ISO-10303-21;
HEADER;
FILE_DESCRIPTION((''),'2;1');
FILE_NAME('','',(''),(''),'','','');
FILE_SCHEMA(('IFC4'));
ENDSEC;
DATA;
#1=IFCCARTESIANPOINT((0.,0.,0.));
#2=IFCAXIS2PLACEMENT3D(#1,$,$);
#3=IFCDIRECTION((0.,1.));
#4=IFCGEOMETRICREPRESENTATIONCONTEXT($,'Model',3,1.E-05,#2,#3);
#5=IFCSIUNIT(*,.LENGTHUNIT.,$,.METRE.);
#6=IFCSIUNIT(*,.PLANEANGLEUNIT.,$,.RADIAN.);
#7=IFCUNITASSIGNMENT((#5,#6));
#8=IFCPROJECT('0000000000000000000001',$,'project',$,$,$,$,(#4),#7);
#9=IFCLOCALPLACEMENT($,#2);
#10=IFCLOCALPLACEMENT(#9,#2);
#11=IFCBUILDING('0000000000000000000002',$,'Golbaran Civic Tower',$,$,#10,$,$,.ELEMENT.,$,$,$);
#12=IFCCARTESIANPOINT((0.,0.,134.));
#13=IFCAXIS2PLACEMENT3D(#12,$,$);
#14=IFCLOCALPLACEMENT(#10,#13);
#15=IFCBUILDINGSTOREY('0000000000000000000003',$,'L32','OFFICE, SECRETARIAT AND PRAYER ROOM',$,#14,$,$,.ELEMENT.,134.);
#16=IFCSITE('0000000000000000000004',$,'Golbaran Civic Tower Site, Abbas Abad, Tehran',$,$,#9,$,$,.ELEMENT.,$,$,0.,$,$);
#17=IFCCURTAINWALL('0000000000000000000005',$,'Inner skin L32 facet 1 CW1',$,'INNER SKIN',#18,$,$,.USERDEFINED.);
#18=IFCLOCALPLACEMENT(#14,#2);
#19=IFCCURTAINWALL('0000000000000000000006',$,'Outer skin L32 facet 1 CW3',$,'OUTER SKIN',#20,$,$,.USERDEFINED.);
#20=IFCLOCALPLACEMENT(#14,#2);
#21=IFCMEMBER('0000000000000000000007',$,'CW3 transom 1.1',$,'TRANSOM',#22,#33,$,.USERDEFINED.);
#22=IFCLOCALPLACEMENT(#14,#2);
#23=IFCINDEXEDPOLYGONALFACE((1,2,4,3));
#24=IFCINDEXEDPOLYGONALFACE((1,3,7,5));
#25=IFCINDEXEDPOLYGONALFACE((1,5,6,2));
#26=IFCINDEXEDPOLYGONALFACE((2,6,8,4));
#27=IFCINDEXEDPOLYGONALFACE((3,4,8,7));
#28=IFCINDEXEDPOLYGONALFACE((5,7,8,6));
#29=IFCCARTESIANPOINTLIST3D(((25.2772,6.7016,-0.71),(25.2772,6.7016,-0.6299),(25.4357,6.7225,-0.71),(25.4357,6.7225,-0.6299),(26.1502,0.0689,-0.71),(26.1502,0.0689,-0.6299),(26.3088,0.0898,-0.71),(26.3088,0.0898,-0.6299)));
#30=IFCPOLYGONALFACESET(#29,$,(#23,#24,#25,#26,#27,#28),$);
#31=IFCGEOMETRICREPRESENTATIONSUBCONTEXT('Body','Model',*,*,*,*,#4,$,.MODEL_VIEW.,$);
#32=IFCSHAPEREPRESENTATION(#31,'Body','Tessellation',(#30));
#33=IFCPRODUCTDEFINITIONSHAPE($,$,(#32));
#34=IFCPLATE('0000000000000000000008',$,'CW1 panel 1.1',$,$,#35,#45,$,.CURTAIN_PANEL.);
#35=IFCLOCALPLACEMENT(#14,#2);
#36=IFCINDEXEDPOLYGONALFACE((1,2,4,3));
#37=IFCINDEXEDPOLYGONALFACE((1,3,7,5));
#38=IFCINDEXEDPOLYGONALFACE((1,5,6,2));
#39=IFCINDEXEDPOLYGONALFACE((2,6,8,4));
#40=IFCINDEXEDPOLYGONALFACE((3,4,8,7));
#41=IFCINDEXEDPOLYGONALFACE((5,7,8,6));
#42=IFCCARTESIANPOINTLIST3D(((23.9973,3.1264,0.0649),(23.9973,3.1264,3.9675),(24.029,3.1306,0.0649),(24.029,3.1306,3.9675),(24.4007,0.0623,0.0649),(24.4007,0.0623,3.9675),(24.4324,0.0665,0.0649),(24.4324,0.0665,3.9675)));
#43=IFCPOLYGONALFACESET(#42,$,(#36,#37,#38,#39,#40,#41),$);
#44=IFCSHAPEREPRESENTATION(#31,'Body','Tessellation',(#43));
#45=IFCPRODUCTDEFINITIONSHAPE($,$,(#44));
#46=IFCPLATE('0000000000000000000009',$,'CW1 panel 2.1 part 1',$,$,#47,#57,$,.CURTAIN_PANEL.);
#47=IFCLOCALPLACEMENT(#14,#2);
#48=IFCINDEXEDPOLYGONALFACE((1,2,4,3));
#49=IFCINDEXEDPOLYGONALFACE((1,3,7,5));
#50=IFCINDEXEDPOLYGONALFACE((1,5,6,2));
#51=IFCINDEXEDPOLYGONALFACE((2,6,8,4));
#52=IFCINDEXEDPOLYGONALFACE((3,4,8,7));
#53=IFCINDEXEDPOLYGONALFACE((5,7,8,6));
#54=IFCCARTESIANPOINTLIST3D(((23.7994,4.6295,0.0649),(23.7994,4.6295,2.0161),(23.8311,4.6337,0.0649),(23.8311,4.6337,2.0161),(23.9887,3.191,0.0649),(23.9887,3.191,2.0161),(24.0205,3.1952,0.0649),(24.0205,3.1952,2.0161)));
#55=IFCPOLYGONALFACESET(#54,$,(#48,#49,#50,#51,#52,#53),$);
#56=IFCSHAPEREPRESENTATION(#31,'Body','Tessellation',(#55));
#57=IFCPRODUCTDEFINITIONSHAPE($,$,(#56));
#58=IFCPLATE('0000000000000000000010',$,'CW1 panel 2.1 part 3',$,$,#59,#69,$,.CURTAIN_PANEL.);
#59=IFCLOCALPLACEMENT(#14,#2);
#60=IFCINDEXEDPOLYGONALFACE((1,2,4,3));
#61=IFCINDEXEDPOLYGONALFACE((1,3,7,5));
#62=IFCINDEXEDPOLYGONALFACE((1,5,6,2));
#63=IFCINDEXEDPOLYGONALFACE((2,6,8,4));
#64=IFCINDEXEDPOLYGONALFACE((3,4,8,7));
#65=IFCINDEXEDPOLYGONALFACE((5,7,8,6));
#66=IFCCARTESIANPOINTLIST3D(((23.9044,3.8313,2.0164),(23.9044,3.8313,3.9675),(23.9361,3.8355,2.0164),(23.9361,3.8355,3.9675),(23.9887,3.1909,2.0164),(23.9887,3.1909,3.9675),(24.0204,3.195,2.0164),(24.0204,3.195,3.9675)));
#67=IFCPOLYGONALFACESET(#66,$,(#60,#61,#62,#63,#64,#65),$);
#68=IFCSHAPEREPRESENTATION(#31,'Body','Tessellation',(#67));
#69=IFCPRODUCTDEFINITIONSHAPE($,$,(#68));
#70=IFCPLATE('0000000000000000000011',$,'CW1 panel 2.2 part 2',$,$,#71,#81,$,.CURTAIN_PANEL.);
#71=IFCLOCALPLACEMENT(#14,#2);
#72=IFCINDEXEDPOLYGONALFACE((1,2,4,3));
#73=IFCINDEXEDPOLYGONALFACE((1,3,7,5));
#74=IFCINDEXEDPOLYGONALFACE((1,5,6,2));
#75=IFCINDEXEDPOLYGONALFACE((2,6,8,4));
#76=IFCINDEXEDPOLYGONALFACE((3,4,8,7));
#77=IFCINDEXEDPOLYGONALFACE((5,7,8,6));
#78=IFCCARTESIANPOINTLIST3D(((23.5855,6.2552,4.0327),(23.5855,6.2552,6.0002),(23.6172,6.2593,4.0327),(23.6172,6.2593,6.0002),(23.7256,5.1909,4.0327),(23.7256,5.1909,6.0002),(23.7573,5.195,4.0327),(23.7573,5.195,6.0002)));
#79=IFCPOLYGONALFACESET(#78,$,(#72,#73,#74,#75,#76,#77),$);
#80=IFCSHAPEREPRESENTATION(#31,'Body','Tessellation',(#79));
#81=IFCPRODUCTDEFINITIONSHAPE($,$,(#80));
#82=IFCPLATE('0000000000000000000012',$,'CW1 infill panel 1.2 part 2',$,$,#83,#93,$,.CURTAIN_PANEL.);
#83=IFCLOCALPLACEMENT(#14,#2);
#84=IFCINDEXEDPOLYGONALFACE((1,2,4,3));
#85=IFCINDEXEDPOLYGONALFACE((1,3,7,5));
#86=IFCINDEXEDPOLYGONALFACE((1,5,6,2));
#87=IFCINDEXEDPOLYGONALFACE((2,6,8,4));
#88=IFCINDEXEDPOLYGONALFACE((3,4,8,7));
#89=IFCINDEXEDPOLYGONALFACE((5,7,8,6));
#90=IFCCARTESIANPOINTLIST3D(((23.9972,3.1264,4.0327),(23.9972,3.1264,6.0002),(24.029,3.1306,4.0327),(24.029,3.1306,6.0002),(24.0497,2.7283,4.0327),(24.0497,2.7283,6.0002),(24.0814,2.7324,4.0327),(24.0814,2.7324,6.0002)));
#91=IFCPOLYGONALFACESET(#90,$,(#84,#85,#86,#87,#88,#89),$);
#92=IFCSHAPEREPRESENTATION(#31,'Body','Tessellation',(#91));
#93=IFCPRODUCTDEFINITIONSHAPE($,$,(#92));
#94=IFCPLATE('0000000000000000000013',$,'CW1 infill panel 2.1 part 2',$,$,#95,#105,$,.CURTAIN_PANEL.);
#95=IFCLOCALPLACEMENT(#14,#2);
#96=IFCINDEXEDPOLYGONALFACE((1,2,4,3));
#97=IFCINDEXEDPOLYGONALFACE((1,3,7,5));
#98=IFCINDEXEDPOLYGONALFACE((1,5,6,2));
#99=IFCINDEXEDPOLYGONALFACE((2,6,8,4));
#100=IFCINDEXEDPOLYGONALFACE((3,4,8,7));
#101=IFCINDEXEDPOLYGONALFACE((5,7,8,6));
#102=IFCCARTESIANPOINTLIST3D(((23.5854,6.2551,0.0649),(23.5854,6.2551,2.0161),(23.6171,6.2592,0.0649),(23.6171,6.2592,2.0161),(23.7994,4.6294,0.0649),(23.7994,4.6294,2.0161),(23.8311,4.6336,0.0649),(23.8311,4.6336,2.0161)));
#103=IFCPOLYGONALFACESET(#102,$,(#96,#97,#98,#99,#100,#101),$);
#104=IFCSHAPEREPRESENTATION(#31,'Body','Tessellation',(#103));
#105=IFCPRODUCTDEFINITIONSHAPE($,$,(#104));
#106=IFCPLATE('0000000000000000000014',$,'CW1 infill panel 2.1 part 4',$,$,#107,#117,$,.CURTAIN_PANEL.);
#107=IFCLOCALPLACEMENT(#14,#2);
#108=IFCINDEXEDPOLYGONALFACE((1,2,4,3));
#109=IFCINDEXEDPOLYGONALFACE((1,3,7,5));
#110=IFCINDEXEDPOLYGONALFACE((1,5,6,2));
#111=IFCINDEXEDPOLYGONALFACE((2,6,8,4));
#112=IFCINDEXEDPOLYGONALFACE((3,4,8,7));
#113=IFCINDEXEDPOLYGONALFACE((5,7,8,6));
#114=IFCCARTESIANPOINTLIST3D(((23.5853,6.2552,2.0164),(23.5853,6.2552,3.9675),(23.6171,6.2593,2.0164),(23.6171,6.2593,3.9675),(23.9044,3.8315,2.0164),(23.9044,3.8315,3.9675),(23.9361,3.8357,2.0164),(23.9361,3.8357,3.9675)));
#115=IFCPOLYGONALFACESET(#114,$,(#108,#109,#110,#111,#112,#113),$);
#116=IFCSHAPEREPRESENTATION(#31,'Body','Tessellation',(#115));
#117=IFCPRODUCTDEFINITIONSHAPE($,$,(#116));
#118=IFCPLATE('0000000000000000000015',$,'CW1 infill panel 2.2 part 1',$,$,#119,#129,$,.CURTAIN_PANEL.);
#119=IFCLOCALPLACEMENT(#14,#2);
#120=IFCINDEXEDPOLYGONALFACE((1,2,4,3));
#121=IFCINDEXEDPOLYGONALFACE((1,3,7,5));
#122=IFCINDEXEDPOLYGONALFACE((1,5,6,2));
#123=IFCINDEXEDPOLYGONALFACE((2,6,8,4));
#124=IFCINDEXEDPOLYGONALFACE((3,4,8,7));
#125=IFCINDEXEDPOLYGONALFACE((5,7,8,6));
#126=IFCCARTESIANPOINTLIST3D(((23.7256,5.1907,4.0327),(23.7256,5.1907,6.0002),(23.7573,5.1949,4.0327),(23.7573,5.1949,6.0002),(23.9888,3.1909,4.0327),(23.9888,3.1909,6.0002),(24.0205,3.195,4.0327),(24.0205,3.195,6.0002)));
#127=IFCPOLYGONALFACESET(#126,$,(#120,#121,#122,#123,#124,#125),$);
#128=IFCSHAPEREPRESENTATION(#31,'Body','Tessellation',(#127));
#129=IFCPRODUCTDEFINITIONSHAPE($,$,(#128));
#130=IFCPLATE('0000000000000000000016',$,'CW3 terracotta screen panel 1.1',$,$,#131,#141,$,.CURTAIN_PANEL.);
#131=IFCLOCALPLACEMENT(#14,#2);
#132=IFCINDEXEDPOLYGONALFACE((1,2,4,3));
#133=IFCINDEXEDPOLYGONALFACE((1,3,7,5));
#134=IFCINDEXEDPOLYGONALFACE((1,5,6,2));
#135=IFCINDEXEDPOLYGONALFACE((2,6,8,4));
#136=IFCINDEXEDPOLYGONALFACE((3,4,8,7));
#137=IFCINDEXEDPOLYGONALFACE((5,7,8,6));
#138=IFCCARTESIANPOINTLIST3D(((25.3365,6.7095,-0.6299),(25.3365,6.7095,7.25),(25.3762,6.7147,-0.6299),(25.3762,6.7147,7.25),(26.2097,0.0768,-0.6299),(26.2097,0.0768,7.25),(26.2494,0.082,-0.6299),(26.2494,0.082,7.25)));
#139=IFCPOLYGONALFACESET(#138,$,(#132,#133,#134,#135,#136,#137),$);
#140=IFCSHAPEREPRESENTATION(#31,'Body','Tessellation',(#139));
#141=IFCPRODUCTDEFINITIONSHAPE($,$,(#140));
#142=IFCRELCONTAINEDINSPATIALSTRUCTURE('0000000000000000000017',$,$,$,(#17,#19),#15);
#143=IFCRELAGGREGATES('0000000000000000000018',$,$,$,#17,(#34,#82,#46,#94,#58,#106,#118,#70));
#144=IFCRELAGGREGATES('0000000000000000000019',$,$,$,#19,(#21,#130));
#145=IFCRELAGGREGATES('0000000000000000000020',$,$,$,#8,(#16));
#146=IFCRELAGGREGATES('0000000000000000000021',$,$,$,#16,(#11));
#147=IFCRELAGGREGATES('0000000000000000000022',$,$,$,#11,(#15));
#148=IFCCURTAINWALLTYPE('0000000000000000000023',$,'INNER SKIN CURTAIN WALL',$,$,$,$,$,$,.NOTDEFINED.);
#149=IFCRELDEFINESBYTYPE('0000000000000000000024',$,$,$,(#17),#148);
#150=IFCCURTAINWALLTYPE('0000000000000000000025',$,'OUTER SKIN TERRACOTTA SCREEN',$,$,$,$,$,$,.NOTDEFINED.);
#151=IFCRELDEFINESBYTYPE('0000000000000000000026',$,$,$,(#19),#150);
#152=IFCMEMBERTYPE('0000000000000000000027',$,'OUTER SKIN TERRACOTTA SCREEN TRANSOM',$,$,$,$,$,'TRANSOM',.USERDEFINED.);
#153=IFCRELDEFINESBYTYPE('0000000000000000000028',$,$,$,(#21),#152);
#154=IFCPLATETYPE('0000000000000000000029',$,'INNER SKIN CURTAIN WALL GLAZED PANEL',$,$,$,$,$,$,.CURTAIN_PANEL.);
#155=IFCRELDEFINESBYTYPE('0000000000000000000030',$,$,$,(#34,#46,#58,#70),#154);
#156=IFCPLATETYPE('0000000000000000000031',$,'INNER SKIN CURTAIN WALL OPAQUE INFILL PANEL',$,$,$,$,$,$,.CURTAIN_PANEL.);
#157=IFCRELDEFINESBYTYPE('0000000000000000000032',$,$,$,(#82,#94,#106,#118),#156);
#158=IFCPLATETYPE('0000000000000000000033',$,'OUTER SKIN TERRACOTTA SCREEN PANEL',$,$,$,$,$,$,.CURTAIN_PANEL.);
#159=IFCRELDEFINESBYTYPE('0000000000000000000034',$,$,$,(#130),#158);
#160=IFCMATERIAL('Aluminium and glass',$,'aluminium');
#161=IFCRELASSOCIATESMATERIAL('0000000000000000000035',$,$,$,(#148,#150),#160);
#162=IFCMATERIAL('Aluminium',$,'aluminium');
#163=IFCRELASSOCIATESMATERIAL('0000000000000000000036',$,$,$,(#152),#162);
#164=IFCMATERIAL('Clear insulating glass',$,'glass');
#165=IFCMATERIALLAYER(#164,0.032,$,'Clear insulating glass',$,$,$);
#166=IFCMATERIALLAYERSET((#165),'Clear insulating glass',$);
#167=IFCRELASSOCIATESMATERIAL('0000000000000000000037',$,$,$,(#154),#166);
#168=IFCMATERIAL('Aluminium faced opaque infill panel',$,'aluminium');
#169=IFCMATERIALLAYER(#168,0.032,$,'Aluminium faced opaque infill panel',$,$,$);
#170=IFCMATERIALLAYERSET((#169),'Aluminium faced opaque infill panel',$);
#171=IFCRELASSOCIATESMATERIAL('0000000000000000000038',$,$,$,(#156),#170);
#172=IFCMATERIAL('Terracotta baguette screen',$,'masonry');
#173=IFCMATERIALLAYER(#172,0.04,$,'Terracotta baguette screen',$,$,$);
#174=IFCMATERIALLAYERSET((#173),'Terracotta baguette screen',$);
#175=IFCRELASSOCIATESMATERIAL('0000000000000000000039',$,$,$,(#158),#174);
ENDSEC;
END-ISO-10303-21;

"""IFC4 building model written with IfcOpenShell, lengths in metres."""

from ifc_helpers import new_model, si_unit, direction, frame, origin, origin_2d, place, context, subcontext, project, spatial, rectangle, extrude, material, layer, layer_set, material_profile, profile_set, type_object, element, aggregate, save


model = new_model("IFC4")

# Units and contexts
model_context = context("Model", 3, precision=1e-05, world=origin(), true_north=direction((0.0, 1.0)))
body_context = subcontext(model_context, "Body", "Model", "MODEL_VIEW")
ifc_project = project(units=[si_unit("LENGTHUNIT", "METRE"), si_unit("PLANEANGLEUNIT", "RADIAN")], contexts=[model_context])

# Site, building, storey
site_placement = place(None, origin())
site = spatial("IfcSite", under=ifc_project, at=site_placement, Name="Golbaran Civic Tower Site, Abbas Abad, Tehran", CompositionType="ELEMENT", RefElevation=0.0)
building_placement = place(site_placement, origin())
building = spatial("IfcBuilding", under=site, at=building_placement, Name="Golbaran Civic Tower", CompositionType="ELEMENT")
storey_placement = place(building_placement, frame((0.0, 0.0, 134.0)))
storey = spatial("IfcBuildingStorey", under=building, at=storey_placement, Name="L32", Description="OFFICE, SECRETARIAT AND PRAYER ROOM", CompositionType="ELEMENT", Elevation=134.0)

# Curtain wall
ifc_material_1 = material(Name="Aluminium and glass", Category="aluminium")
curtain_wall_type_1 = type_object("IfcCurtainWallType", Name="INNER SKIN CURTAIN WALL", PredefinedType="NOTDEFINED", material=ifc_material_1)
curtain_wall_1_placement = place(storey_placement, origin())
curtain_wall_1 = element("IfcCurtainWall", 1, at=curtain_wall_1_placement, inside=storey, type_object=curtain_wall_type_1, Name="Inner skin L32 facet 1 CW1", ObjectType="INNER SKIN", PredefinedType="USERDEFINED")
ifc_material_2 = material(Name="Aluminium", Category="aluminium")

# Curtain wall, member
curtain_wall_type_2 = type_object("IfcCurtainWallType", Name="OUTER SKIN TERRACOTTA SCREEN", PredefinedType="NOTDEFINED", material=ifc_material_1)
curtain_wall_2_placement = place(storey_placement, origin())
curtain_wall_2 = element("IfcCurtainWall", 2, at=curtain_wall_2_placement, inside=storey, type_object=curtain_wall_type_2, Name="Outer skin L32 facet 1 CW3", ObjectType="OUTER SKIN", PredefinedType="USERDEFINED")
ifc_material_profile_1 = material_profile(ifc_material_2, rectangle(XDim=0.1599, YDim=0.0801, at=origin_2d()), Name="OUTER SKIN TERRACOTTA SCREEN TRANSOM")
ifc_profile_set_1 = profile_set([ifc_material_profile_1], Name="Aluminium")
member_type_1 = type_object("IfcMemberType", Name="OUTER SKIN TERRACOTTA SCREEN TRANSOM", ElementType="TRANSOM", PredefinedType="USERDEFINED", material=ifc_profile_set_1)
member_1_placement = place(storey_placement, frame((26.2295, 0.0793, -0.6699), z_axis=(-0.1305, 0.991448, 0.0), x_axis=(-0.991448, -0.1305, 0.0)))
member_1 = element("IfcMember", 3, at=member_1_placement, type_object=member_type_1, Name="CW3 transom 1.1", ObjectType="TRANSOM", PredefinedType="USERDEFINED", context=body_context, shape_type="SweptSolid", body=[
    extrude(rectangle(XDim=0.1599, YDim=0.0801, at=origin_2d()), origin(), (0.0, 0.0, 1.0), 6.6899),
])

# Plates
ifc_material_3 = material(Name="Clear insulating glass", Category="glass")
ifc_layer_1 = layer(ifc_material_3, 0.032, Name="Clear insulating glass")
ifc_layer_set_1 = layer_set([ifc_layer_1], Name="Clear insulating glass")
plate_type_1 = type_object("IfcPlateType", Name="INNER SKIN CURTAIN WALL GLAZED PANEL", PredefinedType="CURTAIN_PANEL", material=ifc_layer_set_1)
plate_1_placement = place(storey_placement, frame((24.2148, 1.5964, 0.0649), z_axis=(0.0, 0.0, 1.0), x_axis=(-0.130526, 0.991445, 0.0)))
plate_1 = element("IfcPlate", 4, at=plate_1_placement, type_object=plate_type_1, Name="CW1 panel 1.1", PredefinedType="CURTAIN_PANEL", context=body_context, shape_type="SweptSolid", body=[
    extrude(rectangle(XDim=3.0906, YDim=0.032, at=origin_2d()), origin(), (0.0, 0.0, 1.0), 3.9026),
])
plate_2_placement = place(storey_placement, frame((23.9099, 3.9124, 0.0649), z_axis=(0.0, 0.0, 1.0), x_axis=(-0.130526, 0.991445, 0.0)))
plate_2 = element("IfcPlate", 5, at=plate_2_placement, type_object=plate_type_1, Name="CW1 panel 2.1 part 1", PredefinedType="CURTAIN_PANEL", context=body_context, shape_type="SweptSolid", body=[
    extrude(rectangle(XDim=1.4509, YDim=0.032, at=origin_2d()), origin(), (0.0, 0.0, 1.0), 1.9512),
])
plate_3_placement = place(storey_placement, frame((23.9624, 3.5132, 2.0164), z_axis=(0.0, 0.0, 1.0), x_axis=(-0.130526, 0.991445, 0.0)))
plate_3 = element("IfcPlate", 6, at=plate_3_placement, type_object=plate_type_1, Name="CW1 panel 2.1 part 3", PredefinedType="CURTAIN_PANEL", context=body_context, shape_type="SweptSolid", body=[
    extrude(rectangle(XDim=0.646, YDim=0.032, at=origin_2d()), origin(), (0.0, 0.0, 1.0), 1.9512),
])
plate_4_placement = place(storey_placement, frame((23.6714, 5.7251, 4.0327), z_axis=(0.0, 0.0, 1.0), x_axis=(-0.130526, 0.991445, 0.0)))
plate_4 = element("IfcPlate", 7, at=plate_4_placement, type_object=plate_type_1, Name="CW1 panel 2.2 part 2", PredefinedType="CURTAIN_PANEL", context=body_context, shape_type="SweptSolid", body=[
    extrude(rectangle(XDim=1.0735, YDim=0.032, at=origin_2d()), origin(), (0.0, 0.0, 1.0), 1.9675),
])
ifc_material_4 = material(Name="Aluminium faced opaque infill panel", Category="aluminium")
ifc_layer_2 = layer(ifc_material_4, 0.032, Name="Aluminium faced opaque infill panel")
ifc_layer_set_2 = layer_set([ifc_layer_2], Name="Aluminium faced opaque infill panel")
plate_type_2 = type_object("IfcPlateType", Name="INNER SKIN CURTAIN WALL OPAQUE INFILL PANEL", PredefinedType="CURTAIN_PANEL", material=ifc_layer_set_2)
plate_5_placement = place(storey_placement, frame((24.0393, 2.9294, 4.0327), z_axis=(0.0, 0.0, 1.0), x_axis=(-0.130526, 0.991445, 0.0)))
plate_5 = element("IfcPlate", 8, at=plate_5_placement, type_object=plate_type_2, Name="CW1 infill panel 1.2 part 2", PredefinedType="CURTAIN_PANEL", context=body_context, shape_type="SweptSolid", body=[
    extrude(rectangle(XDim=0.4016, YDim=0.032, at=origin_2d()), origin(), (0.0, 0.0, 1.0), 1.9675),
])
plate_6_placement = place(storey_placement, frame((23.7083, 5.4443, 0.0649), z_axis=(0.0, 0.0, 1.0), x_axis=(-0.130526, 0.991445, 0.0)))
plate_6 = element("IfcPlate", 9, at=plate_6_placement, type_object=plate_type_2, Name="CW1 infill panel 2.1 part 2", PredefinedType="CURTAIN_PANEL", context=body_context, shape_type="SweptSolid", body=[
    extrude(rectangle(XDim=1.6396, YDim=0.032, at=origin_2d()), origin(), (0.0, 0.0, 1.0), 1.9512),
])
plate_7_placement = place(storey_placement, frame((23.7607, 5.0454, 2.0164), z_axis=(0.0, 0.0, 1.0), x_axis=(-0.130526, 0.991445, 0.0)))
plate_7 = element("IfcPlate", 10, at=plate_7_placement, type_object=plate_type_2, Name="CW1 infill panel 2.1 part 4", PredefinedType="CURTAIN_PANEL", context=body_context, shape_type="SweptSolid", body=[
    extrude(rectangle(XDim=2.4446, YDim=0.032, at=origin_2d()), origin(), (0.0, 0.0, 1.0), 1.9512),
])
plate_8_placement = place(storey_placement, frame((23.873, 4.1929, 4.0327), z_axis=(0.0, 0.0, 1.0), x_axis=(-0.130526, 0.991445, 0.0)))
plate_8 = element("IfcPlate", 11, at=plate_8_placement, type_object=plate_type_2, Name="CW1 infill panel 2.2 part 1", PredefinedType="CURTAIN_PANEL", context=body_context, shape_type="SweptSolid", body=[
    extrude(rectangle(XDim=2.0171, YDim=0.032, at=origin_2d()), origin(), (0.0, 0.0, 1.0), 1.9675),
])
aggregate(curtain_wall_1, [plate_1, plate_5, plate_2, plate_6, plate_3, plate_7, plate_8, plate_4])
ifc_material_5 = material(Name="Terracotta baguette screen", Category="masonry")
ifc_layer_3 = layer(ifc_material_5, 0.04, Name="Terracotta baguette screen")
ifc_layer_set_3 = layer_set([ifc_layer_3], Name="Terracotta baguette screen")
plate_type_3 = type_object("IfcPlateType", Name="OUTER SKIN TERRACOTTA SCREEN PANEL", PredefinedType="CURTAIN_PANEL", material=ifc_layer_set_3)
plate_9_placement = place(storey_placement, frame((25.793, 3.3958, -0.6299), z_axis=(0.0, 0.0, 1.0), x_axis=(-0.130526, 0.991445, 0.0)))
plate_9 = element("IfcPlate", 12, at=plate_9_placement, type_object=plate_type_3, Name="CW3 terracotta screen panel 1.1", PredefinedType="CURTAIN_PANEL", context=body_context, shape_type="SweptSolid", body=[
    extrude(rectangle(XDim=6.6899, YDim=0.04, at=origin_2d()), origin(), (0.0, 0.0, 1.0), 7.8799),
])
aggregate(curtain_wall_2, [member_1, plate_9])

save(model, "model.ifc")
